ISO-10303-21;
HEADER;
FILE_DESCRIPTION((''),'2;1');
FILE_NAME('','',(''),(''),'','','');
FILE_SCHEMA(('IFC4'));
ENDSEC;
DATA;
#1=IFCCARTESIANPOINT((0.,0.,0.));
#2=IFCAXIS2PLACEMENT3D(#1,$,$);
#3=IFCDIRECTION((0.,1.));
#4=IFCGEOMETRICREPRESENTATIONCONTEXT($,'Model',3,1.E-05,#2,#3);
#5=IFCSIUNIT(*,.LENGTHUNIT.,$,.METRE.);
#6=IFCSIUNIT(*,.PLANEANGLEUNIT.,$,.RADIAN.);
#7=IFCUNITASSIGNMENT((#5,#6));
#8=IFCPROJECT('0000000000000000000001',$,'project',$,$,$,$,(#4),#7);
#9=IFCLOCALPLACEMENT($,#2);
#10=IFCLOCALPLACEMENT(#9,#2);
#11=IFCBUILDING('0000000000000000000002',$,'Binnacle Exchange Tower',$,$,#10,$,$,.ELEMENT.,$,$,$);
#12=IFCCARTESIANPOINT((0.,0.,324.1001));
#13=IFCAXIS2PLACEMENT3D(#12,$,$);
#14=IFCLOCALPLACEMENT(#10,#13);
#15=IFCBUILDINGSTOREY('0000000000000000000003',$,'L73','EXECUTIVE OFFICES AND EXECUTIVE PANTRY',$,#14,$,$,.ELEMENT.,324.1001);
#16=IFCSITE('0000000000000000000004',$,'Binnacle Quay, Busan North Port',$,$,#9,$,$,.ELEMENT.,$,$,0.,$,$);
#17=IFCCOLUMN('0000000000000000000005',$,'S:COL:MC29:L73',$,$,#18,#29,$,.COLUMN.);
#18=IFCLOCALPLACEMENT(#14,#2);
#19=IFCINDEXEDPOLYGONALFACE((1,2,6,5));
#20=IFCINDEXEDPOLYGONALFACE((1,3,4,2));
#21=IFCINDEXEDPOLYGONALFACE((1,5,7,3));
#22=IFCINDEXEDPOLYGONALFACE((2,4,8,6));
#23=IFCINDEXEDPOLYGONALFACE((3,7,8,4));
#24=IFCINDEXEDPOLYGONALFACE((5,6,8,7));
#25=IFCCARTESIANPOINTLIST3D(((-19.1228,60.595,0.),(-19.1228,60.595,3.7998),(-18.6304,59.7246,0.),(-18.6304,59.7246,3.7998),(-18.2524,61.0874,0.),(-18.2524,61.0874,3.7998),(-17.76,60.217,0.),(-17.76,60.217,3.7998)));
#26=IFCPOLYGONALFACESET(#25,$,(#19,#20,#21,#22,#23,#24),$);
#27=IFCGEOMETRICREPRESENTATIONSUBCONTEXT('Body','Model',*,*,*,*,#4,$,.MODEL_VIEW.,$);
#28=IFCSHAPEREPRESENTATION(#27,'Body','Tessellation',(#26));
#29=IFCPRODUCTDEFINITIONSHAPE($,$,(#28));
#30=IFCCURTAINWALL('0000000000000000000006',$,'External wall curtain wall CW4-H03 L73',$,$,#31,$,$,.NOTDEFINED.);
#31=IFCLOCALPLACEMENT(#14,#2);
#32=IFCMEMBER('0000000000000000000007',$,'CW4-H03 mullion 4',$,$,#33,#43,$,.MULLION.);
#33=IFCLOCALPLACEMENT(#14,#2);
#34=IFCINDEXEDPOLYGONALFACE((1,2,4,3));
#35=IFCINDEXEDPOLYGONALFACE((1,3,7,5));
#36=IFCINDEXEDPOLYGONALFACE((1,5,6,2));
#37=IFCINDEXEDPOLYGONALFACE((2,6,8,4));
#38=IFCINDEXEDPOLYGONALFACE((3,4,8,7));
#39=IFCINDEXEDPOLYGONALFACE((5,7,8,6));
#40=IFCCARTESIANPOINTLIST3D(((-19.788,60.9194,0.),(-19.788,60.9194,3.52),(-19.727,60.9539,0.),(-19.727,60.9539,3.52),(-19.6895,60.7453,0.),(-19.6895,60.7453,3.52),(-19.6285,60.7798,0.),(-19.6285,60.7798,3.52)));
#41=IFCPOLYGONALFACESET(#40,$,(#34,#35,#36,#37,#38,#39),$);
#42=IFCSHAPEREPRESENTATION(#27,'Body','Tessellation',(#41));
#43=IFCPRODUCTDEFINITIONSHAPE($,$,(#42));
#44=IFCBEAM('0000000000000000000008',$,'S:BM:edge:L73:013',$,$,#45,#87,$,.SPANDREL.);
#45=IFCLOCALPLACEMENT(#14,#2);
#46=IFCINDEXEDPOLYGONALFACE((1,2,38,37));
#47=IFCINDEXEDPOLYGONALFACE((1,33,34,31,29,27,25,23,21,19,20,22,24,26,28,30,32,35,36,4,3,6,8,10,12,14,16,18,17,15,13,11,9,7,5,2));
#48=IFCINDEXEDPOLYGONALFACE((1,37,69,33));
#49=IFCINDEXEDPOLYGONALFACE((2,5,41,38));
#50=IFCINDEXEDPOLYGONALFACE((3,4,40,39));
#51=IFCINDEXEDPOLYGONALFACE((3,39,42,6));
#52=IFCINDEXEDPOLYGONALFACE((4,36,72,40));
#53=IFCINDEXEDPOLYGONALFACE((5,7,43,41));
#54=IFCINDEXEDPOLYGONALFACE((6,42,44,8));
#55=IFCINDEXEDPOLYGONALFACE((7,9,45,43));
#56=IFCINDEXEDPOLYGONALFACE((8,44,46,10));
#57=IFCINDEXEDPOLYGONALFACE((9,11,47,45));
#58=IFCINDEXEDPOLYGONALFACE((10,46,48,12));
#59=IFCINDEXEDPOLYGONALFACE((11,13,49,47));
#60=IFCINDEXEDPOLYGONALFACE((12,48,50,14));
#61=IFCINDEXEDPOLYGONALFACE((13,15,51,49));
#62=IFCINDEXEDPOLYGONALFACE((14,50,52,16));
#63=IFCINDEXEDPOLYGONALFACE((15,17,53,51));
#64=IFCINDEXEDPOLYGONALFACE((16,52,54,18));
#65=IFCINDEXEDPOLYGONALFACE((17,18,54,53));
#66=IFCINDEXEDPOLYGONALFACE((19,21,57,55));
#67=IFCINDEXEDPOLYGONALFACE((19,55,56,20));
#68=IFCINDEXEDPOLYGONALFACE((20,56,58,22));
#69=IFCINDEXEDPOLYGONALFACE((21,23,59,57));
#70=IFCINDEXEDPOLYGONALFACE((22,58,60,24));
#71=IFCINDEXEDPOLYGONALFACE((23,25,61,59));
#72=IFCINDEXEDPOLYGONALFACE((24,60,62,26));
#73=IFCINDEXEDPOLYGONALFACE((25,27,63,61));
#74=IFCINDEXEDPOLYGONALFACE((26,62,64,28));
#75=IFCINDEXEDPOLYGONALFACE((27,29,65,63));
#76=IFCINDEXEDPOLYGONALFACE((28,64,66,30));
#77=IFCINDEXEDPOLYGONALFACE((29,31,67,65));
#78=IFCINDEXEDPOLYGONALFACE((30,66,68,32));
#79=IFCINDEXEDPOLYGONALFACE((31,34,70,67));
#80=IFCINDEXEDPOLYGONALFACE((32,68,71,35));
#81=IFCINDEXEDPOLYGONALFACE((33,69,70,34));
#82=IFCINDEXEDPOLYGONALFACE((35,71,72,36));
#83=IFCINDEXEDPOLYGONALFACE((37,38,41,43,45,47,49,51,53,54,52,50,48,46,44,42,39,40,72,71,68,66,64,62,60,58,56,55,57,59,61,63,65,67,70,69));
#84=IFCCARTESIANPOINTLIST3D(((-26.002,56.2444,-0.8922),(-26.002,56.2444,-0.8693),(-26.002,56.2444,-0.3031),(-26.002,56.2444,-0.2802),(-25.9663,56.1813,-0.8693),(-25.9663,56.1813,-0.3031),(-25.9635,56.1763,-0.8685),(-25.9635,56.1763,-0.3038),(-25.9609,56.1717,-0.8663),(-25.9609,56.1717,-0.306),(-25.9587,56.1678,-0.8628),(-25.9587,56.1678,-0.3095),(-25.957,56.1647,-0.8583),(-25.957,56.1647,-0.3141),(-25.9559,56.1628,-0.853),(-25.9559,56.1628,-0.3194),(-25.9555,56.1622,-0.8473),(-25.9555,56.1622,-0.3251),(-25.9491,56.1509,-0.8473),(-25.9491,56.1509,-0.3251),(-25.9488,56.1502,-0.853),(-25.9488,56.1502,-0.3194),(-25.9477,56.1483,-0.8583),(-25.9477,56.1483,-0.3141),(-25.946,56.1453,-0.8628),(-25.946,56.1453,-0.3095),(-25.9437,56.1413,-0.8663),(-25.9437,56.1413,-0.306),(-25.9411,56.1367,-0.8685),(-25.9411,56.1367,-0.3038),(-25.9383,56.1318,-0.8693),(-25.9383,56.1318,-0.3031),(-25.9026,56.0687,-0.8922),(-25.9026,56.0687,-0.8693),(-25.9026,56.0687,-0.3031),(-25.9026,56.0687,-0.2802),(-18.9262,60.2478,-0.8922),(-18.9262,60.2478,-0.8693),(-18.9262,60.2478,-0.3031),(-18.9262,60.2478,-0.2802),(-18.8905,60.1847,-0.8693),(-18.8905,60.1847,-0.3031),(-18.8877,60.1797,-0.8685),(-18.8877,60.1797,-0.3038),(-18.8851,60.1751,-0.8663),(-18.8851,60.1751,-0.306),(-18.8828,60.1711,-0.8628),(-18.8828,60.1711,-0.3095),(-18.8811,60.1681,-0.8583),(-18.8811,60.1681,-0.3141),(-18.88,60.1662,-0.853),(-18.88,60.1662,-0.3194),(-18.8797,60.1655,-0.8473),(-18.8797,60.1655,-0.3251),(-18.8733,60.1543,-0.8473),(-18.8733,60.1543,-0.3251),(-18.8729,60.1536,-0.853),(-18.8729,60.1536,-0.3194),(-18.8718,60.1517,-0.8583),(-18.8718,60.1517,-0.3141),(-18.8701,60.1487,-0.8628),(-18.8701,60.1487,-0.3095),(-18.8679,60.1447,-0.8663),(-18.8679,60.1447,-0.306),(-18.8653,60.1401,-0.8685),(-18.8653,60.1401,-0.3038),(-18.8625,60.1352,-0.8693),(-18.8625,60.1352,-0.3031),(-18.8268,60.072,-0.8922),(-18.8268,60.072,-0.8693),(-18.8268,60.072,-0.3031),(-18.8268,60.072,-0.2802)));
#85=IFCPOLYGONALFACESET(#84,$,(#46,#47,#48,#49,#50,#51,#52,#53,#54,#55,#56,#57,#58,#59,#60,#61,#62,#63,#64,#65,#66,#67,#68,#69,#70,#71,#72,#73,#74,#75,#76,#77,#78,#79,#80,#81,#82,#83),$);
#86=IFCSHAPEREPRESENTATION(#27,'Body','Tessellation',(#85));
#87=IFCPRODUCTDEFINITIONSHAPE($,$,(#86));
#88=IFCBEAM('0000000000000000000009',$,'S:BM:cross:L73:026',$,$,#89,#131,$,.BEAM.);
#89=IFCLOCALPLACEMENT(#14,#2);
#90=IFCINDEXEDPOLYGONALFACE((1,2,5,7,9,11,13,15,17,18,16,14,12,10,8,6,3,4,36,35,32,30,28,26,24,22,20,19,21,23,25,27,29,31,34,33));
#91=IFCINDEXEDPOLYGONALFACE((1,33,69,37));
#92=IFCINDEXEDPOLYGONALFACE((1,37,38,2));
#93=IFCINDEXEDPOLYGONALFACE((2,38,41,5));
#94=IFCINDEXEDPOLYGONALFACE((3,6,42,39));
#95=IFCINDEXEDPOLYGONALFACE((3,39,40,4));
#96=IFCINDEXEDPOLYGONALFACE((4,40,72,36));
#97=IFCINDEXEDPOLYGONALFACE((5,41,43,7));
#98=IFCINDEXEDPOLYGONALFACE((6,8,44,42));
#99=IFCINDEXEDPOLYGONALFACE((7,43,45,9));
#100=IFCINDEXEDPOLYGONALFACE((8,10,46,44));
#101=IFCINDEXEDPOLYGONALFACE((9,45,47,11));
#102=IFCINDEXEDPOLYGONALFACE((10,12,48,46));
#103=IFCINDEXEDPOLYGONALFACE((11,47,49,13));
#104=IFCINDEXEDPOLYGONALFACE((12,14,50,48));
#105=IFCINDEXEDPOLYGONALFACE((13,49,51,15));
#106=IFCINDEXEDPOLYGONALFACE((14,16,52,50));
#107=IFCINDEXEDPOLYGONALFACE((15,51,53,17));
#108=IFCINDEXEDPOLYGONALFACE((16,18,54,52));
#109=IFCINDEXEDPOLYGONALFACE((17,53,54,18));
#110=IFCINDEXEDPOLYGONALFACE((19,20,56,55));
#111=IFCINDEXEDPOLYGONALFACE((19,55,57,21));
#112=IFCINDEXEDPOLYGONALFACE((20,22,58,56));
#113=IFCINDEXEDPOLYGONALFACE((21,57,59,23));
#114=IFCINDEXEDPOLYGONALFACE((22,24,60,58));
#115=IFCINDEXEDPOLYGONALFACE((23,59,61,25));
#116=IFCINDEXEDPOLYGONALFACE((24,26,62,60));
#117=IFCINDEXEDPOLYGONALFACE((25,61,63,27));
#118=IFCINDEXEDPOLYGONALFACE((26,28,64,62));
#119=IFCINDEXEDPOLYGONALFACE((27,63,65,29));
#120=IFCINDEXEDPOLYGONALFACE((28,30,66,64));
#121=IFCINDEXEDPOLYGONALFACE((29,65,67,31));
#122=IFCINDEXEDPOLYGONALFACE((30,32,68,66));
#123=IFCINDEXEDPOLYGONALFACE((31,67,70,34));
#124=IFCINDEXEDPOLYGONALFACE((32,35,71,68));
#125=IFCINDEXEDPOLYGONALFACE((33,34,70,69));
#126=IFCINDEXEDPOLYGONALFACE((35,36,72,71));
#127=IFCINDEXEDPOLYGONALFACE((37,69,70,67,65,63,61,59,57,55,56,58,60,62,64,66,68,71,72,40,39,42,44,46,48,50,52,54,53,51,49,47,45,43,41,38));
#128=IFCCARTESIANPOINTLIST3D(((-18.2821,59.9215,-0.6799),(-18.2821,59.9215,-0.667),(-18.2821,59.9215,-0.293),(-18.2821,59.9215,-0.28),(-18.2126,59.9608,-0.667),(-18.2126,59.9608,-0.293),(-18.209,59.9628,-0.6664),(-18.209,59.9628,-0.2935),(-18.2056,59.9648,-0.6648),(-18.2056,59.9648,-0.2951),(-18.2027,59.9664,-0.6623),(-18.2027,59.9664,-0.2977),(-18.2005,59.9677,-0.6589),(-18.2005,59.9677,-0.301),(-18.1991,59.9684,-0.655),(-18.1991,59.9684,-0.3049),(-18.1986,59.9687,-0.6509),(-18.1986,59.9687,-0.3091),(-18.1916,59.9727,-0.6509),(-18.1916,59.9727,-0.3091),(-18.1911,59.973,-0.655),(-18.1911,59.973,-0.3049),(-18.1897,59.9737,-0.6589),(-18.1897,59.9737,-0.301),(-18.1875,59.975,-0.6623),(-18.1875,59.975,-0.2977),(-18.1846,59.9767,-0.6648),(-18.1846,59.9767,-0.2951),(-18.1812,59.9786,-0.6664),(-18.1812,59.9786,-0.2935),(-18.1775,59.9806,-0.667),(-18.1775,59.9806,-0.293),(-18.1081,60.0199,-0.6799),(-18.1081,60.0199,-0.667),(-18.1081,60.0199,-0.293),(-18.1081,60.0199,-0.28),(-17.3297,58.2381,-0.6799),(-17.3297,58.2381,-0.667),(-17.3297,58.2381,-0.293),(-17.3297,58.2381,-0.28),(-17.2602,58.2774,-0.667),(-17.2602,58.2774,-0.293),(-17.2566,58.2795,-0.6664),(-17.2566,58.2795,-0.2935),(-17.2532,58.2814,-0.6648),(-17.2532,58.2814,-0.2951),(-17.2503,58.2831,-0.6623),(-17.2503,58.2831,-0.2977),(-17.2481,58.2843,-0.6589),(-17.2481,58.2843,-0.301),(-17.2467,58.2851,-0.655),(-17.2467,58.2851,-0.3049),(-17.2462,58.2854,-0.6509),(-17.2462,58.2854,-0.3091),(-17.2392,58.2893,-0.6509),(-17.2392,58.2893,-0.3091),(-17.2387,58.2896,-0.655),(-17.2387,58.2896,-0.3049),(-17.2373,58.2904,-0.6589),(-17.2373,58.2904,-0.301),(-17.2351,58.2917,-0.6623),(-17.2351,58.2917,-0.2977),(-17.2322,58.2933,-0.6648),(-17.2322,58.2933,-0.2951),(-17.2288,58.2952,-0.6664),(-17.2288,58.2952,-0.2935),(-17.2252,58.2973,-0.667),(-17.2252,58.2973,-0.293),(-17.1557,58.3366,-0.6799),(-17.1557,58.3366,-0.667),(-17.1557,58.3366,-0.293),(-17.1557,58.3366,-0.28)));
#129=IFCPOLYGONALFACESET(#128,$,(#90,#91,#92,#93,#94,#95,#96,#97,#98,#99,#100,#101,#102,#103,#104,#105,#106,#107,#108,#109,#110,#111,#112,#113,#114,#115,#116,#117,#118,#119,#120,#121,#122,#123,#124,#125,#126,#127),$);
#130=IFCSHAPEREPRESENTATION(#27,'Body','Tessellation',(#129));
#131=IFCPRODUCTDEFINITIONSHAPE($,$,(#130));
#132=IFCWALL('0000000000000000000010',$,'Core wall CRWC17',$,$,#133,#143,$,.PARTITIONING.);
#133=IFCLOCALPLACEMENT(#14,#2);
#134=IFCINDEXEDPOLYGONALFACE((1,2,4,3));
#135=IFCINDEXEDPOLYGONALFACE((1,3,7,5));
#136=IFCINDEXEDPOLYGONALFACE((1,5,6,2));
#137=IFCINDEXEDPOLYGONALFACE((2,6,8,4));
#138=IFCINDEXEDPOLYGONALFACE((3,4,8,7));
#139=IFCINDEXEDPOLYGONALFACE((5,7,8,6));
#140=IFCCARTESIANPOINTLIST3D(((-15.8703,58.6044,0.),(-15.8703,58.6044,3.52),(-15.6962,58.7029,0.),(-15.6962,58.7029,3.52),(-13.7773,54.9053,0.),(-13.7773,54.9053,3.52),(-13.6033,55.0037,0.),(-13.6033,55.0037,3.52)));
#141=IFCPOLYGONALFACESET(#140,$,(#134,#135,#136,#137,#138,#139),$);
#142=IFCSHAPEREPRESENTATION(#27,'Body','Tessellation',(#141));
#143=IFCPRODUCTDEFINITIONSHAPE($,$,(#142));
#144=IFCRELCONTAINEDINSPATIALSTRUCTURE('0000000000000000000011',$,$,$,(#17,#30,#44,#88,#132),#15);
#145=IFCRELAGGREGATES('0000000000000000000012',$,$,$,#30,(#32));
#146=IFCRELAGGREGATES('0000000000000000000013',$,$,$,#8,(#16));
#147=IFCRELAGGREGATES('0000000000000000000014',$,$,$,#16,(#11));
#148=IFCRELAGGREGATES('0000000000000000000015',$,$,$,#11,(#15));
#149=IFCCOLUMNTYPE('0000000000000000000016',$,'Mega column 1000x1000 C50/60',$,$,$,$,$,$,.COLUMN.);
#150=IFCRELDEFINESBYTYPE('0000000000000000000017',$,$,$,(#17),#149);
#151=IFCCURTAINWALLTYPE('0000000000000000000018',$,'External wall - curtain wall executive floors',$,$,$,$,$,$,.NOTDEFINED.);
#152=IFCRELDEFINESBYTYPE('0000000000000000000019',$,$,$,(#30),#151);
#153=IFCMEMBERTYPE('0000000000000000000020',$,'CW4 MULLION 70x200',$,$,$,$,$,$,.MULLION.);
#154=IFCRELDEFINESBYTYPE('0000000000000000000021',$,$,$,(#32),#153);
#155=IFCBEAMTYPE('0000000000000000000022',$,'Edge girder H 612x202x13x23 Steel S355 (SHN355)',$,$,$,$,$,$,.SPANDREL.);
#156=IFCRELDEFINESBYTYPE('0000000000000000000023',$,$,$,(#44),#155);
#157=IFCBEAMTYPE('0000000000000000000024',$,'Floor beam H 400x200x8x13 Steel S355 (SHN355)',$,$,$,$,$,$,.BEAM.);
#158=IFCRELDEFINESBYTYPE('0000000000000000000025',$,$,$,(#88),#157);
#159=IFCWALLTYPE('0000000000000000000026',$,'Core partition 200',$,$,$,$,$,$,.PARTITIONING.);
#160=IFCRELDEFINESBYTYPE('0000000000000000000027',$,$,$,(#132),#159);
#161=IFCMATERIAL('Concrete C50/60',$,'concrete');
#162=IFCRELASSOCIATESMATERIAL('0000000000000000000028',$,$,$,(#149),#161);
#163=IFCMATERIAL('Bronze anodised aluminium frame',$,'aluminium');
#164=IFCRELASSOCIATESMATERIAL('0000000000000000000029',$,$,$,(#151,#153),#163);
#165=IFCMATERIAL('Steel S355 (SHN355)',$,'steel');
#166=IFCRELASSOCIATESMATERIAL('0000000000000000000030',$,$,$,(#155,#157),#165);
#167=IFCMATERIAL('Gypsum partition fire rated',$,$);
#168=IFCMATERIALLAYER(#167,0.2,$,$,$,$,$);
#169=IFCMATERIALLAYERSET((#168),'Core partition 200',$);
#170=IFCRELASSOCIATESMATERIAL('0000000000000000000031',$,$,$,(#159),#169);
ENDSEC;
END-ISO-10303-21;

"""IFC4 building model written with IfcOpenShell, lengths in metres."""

from ifc_helpers import new_model, si_unit, direction, frame, frame_2d, origin, origin_2d, place, context, subcontext, project, spatial, rectangle, i_section, extrude, material, layer, layer_set, material_profile, profile_set, type_object, element, aggregate, save


model = new_model("IFC4")

# Units and contexts
model_context = context("Model", 3, precision=1e-05, world=origin(), true_north=direction((0.0, 1.0)))
body_context = subcontext(model_context, "Body", "Model", "MODEL_VIEW")
ifc_project = project(units=[si_unit("LENGTHUNIT", "METRE"), si_unit("PLANEANGLEUNIT", "RADIAN")], contexts=[model_context])

# Site, building, storey
site_placement = place(None, origin())
site = spatial("IfcSite", under=ifc_project, at=site_placement, Name="Binnacle Quay, Busan North Port", CompositionType="ELEMENT", RefElevation=0.0)
building_placement = place(site_placement, origin())
building = spatial("IfcBuilding", under=site, at=building_placement, Name="Binnacle Exchange Tower", CompositionType="ELEMENT")
storey_placement = place(building_placement, frame((0.0, 0.0, 324.1001)))
storey = spatial("IfcBuildingStorey", under=building, at=storey_placement, Name="L73", Description="EXECUTIVE OFFICES AND EXECUTIVE PANTRY", CompositionType="ELEMENT", Elevation=324.1001)

# Column
ifc_material_1 = material(Name="Concrete C50/60", Category="concrete")
ifc_material_profile_1 = material_profile(ifc_material_1, rectangle(XDim=1.0, YDim=1.0, at=origin_2d()), Name="Mega column 1000x1000 C50/60")
ifc_profile_set_1 = profile_set([ifc_material_profile_1], Name="Concrete C50/60")
column_type = type_object("IfcColumnType", Name="Mega column 1000x1000 C50/60", PredefinedType="COLUMN", material=ifc_profile_set_1)
column_placement = place(storey_placement, frame((-18.4414, 60.406, 0.0), z_axis=(0.0, 0.0, 1.0), x_axis=(-0.870356, -0.492424, 0.0)))
element("IfcColumn", 1, at=column_placement, inside=storey, type_object=column_type, Name="S:COL:MC29:L73", PredefinedType="COLUMN", context=body_context, shape_type="SweptSolid", body=[
    extrude(rectangle(XDim=1.0, YDim=1.0, at=origin_2d()), origin(), (0.0, 0.0, 1.0), 3.7998),
])

# Curtain wall, member
ifc_material_2 = material(Name="Bronze anodised aluminium frame", Category="aluminium")
curtain_wall_type = type_object("IfcCurtainWallType", Name="External wall - curtain wall executive floors", PredefinedType="NOTDEFINED", material=ifc_material_2)
curtain_wall_placement = place(storey_placement, origin())
curtain_wall = element("IfcCurtainWall", 2, at=curtain_wall_placement, inside=storey, type_object=curtain_wall_type, Name="External wall curtain wall CW4-H03 L73", PredefinedType="NOTDEFINED")
ifc_material_profile_2 = material_profile(ifc_material_2, rectangle(XDim=0.2, YDim=0.0701, at=origin_2d()), Name="AL 70x200")
ifc_profile_set_2 = profile_set([ifc_material_profile_2], Name="Bronze anodised aluminium frame")
member_type = type_object("IfcMemberType", Name="CW4 MULLION 70x200", PredefinedType="MULLION", material=ifc_profile_set_2)
member_placement = place(storey_placement, frame((-19.7083, 60.8496, 0.0), z_axis=(0.0, 0.0, 1.0), x_axis=(0.492424, -0.870356, 0.0)))
member = element("IfcMember", 3, at=member_placement, type_object=member_type, Name="CW4-H03 mullion 4", PredefinedType="MULLION", context=body_context, shape_type="SweptSolid", body=[
    extrude(rectangle(XDim=0.2, YDim=0.0701, at=origin_2d()), origin(), (0.0, 0.0, 1.0), 3.52),
])
aggregate(curtain_wall, [member])

# Beams
ifc_material_3 = material(Name="Steel S355 (SHN355)", Category="steel")
ifc_material_profile_3 = material_profile(ifc_material_3, i_section(OverallWidth=0.2019, OverallDepth=0.6121, WebThickness=0.0129, FlangeThickness=0.0229, FilletRadius=0.022, at=origin_2d()), Name="H 612x202x13x23")
ifc_profile_set_3 = profile_set([ifc_material_profile_3], Name="Steel S355 (SHN355)")
beam_type_1 = type_object("IfcBeamType", Name="Edge girder H 612x202x13x23 Steel S355 (SHN355)", PredefinedType="SPANDREL", material=ifc_profile_set_3)
beam_1_placement = place(storey_placement, frame((-18.8765, 60.1599, -0.5862), z_axis=(-0.870353, -0.492428, 0.0), x_axis=(0.492428, -0.870353, 0.0)))
element("IfcBeam", 4, at=beam_1_placement, inside=storey, type_object=beam_type_1, Name="S:BM:edge:L73:013", PredefinedType="SPANDREL", context=body_context, shape_type="SweptSolid", body=[
    extrude(i_section(OverallWidth=0.2019, OverallDepth=0.6121, WebThickness=0.0129, FlangeThickness=0.0229, FilletRadius=0.022, at=origin_2d()), origin(), (0.0, 0.0, 1.0), 8.1299),
])
ifc_material_profile_4 = material_profile(ifc_material_3, i_section(OverallWidth=0.2, OverallDepth=0.3999, WebThickness=0.0081, FlangeThickness=0.0129, FilletRadius=0.0161, at=origin_2d()), Name="H 400x200x8x13")
ifc_profile_set_4 = profile_set([ifc_material_profile_4], Name="Steel S355 (SHN355)")
beam_type_2 = type_object("IfcBeamType", Name="Floor beam H 400x200x8x13 Steel S355 (SHN355)", PredefinedType="BEAM", material=ifc_profile_set_4)
beam_2_placement = place(storey_placement, frame((-18.1951, 59.9707, -0.48), z_axis=(0.492423, -0.870356, 0.0), x_axis=(0.870356, 0.492423, 0.0)))
element("IfcBeam", 5, at=beam_2_placement, inside=storey, type_object=beam_type_2, Name="S:BM:cross:L73:026", PredefinedType="BEAM", context=body_context, shape_type="SweptSolid", body=[
    extrude(i_section(OverallWidth=0.2, OverallDepth=0.3999, WebThickness=0.0081, FlangeThickness=0.0129, FilletRadius=0.0161, at=origin_2d()), origin(), (0.0, 0.0, 1.0), 1.9341),
])

# Wall
ifc_material_4 = material(Name="Gypsum partition fire rated")
ifc_layer_1 = layer(ifc_material_4, 0.2)
ifc_layer_set_1 = layer_set([ifc_layer_1], Name="Core partition 200")
wall_type_1 = type_object("IfcWallType", Name="Core partition 200", PredefinedType="PARTITIONING", material=ifc_layer_set_1)
wall_1_placement = place(storey_placement, frame((-15.7832, 58.6536, 0.0), z_axis=(0.0, 0.0, 1.0), x_axis=(0.492441, -0.870346, 0.0)))
element("IfcWall", 6, at=wall_1_placement, inside=storey, type_object=wall_type_1, Name="Core wall CRWC17", PredefinedType="PARTITIONING", context=body_context, shape_type="SweptSolid", body=[
    extrude(rectangle(XDim=4.2502, YDim=0.2, at=frame_2d((2.125, 0.0))), origin(), (0.0, 0.0, 1.0), 3.52),
])

save(model, "model.ifc")
